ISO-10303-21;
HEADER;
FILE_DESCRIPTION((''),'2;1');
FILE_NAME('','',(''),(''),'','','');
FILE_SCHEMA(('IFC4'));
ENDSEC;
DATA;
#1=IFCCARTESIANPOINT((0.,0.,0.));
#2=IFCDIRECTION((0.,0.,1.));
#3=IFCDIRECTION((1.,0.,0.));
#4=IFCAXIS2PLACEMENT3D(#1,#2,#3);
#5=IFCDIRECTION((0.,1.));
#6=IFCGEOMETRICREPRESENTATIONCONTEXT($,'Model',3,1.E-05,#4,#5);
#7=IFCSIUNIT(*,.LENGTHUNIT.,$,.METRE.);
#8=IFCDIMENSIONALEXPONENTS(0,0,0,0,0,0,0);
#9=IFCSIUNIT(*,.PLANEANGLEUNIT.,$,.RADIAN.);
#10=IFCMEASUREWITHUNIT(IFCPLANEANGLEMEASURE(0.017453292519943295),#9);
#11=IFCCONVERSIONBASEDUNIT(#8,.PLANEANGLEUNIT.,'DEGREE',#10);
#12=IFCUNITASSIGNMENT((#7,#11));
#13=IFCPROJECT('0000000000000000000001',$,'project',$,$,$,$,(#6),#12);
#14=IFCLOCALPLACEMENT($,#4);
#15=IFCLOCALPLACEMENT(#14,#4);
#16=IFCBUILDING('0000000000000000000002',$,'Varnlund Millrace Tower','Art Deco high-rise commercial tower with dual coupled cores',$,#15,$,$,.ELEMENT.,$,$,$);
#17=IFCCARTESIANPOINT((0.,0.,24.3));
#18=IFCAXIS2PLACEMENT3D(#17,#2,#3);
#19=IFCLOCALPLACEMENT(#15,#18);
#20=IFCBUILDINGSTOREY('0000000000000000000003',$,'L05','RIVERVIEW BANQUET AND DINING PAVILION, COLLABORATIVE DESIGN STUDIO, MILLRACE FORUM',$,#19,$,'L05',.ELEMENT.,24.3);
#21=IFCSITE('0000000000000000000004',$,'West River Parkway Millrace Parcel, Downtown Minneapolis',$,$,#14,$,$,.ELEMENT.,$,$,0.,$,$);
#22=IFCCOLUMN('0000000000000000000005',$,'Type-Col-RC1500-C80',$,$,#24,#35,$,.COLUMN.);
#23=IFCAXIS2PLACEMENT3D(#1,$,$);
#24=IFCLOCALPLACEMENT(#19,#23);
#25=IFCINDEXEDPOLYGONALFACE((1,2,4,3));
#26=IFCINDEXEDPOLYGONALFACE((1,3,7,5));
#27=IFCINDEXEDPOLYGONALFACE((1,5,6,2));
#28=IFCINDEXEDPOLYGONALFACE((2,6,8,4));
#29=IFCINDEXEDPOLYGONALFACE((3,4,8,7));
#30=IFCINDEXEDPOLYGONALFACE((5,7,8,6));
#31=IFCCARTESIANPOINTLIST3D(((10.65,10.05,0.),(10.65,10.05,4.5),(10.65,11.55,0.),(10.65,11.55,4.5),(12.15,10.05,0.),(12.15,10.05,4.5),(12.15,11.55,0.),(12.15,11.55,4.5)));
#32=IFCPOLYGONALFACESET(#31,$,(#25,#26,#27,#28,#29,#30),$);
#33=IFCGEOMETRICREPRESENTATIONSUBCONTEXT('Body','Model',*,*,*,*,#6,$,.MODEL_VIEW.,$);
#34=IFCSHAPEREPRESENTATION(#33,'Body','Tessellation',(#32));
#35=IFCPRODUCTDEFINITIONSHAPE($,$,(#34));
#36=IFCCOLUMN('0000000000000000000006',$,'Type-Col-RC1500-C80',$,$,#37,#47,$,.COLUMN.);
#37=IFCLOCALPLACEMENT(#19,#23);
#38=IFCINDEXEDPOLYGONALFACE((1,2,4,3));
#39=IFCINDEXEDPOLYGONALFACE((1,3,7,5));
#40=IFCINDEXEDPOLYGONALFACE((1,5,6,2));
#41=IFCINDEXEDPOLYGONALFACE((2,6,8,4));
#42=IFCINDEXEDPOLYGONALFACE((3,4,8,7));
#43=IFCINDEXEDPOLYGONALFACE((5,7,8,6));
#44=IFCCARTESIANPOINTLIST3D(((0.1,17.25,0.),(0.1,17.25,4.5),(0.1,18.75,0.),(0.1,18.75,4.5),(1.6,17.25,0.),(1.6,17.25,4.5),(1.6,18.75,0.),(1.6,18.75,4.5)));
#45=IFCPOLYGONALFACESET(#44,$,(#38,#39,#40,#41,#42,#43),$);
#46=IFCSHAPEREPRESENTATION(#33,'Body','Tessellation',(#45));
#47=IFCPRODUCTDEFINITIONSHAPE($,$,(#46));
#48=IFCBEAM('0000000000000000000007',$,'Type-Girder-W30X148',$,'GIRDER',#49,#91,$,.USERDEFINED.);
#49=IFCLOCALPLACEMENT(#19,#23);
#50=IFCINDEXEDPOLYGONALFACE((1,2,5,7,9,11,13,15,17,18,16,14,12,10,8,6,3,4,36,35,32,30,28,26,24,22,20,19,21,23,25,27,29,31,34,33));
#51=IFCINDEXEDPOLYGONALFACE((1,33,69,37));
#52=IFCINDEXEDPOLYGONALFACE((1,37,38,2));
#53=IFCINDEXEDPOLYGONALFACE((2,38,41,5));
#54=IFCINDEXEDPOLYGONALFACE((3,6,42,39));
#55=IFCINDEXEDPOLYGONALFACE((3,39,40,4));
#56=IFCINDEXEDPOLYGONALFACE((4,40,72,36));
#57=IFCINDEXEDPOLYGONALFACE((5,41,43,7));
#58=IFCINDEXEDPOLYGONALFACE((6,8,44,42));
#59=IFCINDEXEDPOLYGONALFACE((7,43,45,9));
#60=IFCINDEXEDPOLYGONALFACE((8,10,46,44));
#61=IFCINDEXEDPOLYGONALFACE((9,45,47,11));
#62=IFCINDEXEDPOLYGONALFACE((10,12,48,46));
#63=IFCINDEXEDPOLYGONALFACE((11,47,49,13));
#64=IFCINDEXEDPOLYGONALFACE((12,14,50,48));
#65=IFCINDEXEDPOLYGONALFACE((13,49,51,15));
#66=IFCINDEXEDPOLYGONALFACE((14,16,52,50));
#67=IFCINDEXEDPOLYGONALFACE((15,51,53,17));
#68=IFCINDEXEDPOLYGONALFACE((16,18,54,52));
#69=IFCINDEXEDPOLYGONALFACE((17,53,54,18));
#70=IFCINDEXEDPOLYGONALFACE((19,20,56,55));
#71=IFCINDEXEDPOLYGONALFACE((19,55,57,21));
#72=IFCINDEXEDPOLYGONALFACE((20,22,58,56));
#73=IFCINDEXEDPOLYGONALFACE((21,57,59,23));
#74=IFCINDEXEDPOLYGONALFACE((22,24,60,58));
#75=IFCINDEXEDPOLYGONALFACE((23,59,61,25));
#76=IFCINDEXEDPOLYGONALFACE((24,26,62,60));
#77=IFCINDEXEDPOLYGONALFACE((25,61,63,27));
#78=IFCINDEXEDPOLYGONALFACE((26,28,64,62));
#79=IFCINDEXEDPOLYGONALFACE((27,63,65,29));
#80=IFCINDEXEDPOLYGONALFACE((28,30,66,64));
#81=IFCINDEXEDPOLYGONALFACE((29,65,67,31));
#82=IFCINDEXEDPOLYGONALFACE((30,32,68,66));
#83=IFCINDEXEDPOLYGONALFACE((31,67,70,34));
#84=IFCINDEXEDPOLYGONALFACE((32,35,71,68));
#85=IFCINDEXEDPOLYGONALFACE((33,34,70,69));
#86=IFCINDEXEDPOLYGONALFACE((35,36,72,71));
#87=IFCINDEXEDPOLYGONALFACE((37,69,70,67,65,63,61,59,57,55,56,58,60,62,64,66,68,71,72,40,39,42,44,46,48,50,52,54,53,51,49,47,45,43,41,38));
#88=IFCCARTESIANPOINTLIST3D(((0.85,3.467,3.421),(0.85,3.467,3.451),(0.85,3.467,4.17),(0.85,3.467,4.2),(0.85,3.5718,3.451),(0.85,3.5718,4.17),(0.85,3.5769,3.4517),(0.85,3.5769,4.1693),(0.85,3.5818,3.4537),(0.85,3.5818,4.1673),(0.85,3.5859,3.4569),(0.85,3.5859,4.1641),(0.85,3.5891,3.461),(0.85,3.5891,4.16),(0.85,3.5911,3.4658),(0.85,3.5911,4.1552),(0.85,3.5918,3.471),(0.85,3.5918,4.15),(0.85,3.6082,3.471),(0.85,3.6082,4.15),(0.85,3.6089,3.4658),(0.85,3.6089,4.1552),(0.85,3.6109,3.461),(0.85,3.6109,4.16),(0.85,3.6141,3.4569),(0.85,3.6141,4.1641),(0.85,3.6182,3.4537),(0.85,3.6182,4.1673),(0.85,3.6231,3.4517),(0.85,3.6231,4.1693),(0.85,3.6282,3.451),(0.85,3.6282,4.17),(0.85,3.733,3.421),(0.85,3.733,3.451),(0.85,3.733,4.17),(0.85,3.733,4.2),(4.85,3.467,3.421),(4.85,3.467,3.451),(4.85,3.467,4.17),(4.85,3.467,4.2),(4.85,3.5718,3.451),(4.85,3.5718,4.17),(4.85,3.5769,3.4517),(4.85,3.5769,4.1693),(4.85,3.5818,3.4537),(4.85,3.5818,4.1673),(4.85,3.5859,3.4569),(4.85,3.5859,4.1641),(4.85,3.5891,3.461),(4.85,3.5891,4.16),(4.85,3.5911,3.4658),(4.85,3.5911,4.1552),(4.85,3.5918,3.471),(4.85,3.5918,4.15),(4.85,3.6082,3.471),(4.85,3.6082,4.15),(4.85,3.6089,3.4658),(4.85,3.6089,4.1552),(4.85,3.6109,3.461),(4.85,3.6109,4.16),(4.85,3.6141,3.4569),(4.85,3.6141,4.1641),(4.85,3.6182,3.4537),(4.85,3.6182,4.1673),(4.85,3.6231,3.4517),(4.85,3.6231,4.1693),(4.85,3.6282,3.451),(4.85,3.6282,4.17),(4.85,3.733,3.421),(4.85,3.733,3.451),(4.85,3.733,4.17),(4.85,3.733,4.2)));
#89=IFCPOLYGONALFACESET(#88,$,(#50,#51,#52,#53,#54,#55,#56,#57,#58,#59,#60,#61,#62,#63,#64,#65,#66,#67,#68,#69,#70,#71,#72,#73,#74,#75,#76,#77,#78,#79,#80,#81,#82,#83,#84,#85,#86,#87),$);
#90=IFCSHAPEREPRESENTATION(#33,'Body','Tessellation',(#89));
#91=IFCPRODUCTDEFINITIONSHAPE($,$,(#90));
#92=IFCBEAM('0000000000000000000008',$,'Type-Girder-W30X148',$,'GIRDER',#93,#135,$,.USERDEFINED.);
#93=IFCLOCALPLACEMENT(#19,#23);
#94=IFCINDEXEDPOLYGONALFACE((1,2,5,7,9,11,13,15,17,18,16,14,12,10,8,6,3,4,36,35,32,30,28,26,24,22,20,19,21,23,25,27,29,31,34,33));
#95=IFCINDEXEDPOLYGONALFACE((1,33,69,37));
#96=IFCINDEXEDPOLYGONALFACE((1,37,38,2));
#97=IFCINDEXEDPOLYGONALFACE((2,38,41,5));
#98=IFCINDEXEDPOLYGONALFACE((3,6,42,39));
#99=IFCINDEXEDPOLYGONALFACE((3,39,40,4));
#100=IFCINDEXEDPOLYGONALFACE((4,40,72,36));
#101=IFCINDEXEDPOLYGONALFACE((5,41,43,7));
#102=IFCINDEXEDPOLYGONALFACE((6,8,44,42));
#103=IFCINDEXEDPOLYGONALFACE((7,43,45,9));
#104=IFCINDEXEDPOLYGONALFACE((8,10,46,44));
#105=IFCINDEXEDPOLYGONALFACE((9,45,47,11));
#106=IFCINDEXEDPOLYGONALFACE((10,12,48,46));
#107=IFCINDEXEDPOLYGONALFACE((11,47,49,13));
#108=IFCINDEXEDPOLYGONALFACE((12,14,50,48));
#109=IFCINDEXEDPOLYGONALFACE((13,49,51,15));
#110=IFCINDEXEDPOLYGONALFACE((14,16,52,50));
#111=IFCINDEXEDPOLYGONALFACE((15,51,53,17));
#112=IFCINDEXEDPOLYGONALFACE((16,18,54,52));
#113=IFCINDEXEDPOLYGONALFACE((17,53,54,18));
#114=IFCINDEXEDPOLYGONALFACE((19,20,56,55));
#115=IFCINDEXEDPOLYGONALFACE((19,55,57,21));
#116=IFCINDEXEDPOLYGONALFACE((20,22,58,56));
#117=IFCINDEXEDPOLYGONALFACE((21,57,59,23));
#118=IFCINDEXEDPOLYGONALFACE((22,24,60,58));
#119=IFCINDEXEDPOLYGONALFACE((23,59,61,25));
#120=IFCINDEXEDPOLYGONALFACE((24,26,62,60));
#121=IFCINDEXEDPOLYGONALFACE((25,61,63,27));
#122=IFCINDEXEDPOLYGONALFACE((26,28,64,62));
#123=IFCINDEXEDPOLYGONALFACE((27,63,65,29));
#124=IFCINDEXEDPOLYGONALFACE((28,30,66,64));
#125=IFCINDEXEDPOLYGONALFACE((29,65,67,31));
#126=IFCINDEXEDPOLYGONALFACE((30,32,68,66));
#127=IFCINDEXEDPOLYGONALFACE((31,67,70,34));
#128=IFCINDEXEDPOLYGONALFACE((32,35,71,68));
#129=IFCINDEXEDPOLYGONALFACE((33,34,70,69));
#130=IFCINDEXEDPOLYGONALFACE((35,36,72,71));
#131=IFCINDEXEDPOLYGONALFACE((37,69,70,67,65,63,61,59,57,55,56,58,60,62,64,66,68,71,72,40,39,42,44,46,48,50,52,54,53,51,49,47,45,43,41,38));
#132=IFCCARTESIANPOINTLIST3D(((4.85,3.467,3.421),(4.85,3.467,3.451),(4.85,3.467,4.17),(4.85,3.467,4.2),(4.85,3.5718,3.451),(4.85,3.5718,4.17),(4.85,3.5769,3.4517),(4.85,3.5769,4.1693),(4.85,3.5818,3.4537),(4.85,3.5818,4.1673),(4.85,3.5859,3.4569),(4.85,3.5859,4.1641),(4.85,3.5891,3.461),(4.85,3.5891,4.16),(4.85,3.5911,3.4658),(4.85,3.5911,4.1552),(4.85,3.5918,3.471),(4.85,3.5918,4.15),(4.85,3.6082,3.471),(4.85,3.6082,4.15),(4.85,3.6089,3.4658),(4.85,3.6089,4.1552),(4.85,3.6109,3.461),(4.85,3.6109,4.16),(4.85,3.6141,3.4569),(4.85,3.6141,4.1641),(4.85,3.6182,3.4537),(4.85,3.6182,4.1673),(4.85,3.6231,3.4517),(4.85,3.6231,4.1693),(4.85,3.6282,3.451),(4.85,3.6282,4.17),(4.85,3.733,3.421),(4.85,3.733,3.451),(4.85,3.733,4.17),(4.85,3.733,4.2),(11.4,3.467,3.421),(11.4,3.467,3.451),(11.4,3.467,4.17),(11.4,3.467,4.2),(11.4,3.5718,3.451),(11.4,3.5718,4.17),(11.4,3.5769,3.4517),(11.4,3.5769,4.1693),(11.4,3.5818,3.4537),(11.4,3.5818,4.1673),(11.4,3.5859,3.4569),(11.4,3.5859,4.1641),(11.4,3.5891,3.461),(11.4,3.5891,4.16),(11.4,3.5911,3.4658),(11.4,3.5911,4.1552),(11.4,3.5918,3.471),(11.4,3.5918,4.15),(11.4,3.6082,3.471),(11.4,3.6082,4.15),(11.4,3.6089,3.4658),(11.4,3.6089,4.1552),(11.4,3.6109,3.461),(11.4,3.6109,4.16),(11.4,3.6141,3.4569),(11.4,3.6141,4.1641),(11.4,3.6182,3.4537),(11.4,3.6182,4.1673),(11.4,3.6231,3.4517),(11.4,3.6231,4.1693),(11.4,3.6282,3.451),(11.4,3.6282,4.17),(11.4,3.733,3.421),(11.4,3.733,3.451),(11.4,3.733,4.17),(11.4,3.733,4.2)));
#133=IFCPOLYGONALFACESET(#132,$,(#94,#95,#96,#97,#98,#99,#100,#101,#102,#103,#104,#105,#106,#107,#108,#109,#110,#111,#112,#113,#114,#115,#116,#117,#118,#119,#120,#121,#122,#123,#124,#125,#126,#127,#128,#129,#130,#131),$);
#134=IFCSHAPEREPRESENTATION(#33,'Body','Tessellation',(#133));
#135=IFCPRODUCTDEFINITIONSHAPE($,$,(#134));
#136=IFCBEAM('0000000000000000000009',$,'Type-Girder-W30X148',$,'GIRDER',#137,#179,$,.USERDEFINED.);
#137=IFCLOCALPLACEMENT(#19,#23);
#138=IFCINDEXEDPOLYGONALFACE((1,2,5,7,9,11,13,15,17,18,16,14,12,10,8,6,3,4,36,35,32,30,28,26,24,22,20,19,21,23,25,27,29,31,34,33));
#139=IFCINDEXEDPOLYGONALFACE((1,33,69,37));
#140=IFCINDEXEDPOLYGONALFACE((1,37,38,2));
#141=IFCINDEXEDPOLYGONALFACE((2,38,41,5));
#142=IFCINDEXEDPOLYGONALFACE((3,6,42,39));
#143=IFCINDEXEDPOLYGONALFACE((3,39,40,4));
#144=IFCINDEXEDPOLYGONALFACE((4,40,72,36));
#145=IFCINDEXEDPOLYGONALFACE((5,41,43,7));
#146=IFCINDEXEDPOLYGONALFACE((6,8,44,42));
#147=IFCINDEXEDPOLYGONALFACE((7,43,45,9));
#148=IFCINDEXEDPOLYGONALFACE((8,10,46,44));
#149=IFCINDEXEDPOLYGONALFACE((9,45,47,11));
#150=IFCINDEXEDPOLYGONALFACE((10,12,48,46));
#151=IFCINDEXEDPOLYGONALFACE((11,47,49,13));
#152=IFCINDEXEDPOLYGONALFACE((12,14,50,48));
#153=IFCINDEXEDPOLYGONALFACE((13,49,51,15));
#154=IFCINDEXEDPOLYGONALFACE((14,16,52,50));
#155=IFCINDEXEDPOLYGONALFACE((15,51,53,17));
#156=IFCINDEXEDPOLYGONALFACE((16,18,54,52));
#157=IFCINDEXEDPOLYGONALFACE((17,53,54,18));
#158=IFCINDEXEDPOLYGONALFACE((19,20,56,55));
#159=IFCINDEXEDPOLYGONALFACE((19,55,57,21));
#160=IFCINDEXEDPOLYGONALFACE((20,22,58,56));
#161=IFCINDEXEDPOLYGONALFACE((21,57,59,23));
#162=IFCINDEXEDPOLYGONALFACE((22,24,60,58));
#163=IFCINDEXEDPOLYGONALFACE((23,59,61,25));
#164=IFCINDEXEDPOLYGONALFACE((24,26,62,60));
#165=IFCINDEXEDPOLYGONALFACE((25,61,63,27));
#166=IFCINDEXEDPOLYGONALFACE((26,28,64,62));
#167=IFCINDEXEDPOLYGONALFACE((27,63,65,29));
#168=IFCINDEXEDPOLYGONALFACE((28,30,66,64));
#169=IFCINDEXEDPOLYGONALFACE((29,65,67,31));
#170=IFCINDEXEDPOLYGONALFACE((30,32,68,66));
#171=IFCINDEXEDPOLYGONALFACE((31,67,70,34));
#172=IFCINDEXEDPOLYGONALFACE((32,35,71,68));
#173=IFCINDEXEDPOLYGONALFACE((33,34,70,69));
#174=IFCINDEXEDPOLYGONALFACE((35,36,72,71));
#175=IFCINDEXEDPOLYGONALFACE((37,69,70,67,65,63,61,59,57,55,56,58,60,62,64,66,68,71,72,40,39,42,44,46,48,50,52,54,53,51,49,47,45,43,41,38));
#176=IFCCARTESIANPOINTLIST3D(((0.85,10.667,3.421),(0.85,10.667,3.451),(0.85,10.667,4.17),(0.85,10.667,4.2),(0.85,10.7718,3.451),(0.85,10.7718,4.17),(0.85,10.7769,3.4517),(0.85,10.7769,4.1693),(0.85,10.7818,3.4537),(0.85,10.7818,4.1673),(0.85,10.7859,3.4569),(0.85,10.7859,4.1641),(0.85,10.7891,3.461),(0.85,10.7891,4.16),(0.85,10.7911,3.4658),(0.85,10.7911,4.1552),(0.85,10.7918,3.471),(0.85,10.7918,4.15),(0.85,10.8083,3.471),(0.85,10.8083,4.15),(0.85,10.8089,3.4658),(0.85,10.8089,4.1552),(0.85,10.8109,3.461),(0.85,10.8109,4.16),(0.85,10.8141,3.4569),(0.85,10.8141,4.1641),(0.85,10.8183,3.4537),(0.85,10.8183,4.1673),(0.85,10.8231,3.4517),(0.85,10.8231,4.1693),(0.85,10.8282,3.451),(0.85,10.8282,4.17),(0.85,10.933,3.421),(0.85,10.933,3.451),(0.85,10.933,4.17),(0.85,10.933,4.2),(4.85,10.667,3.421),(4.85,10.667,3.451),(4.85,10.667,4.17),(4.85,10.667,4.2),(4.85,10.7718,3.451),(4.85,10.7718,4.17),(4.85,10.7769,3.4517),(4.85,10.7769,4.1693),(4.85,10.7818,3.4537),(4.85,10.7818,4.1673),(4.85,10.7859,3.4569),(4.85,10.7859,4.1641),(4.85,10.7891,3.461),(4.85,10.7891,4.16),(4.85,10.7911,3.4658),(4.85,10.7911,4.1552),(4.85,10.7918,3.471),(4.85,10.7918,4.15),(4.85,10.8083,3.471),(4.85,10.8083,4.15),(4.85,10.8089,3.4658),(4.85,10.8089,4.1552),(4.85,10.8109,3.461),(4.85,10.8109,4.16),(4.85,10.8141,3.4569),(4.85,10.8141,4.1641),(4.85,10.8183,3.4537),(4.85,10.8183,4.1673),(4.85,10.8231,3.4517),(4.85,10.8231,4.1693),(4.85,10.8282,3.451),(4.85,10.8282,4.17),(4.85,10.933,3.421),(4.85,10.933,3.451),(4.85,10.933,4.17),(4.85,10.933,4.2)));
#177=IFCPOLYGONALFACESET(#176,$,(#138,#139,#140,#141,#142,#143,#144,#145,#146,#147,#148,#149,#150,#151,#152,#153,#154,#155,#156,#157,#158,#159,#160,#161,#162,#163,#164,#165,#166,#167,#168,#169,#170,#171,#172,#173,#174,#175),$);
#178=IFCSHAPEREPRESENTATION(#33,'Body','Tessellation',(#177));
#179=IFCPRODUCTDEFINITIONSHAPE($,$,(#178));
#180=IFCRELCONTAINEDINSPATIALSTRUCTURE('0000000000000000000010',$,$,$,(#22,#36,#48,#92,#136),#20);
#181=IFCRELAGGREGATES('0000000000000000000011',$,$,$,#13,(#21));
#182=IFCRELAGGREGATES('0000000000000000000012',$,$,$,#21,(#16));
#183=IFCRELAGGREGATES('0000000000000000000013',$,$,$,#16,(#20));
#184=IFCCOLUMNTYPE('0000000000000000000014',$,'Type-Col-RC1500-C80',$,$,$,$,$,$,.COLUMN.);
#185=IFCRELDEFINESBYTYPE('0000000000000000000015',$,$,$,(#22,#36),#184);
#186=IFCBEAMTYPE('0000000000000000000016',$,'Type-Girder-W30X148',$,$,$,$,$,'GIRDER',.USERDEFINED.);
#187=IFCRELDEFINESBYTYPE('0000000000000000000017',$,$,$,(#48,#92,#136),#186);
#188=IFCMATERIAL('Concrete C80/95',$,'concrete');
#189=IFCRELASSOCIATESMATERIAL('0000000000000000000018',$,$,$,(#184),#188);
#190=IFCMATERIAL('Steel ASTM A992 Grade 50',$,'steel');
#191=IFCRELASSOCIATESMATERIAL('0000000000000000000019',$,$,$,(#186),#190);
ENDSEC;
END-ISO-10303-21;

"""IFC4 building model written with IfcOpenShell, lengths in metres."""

from ifc_helpers import new_model, entity, si_unit, converted_unit, direction, frame, origin_with_axes, origin_2d_with_axis, place, context, subcontext, project, spatial, rectangle, i_section, extrude, material, material_profile, profile_set, type_object, element, save


model = new_model("IFC4")

# Units and contexts
model_context = context("Model", 3, precision=1e-05, world=origin_with_axes(), true_north=direction((0.0, 1.0)))
body_context = subcontext(model_context, "Body", "Model", "MODEL_VIEW")
ifc_project = project(units=[si_unit("LENGTHUNIT", "METRE"), converted_unit("PLANEANGLEUNIT", "DEGREE", entity("IfcPlaneAngleMeasure", 0.017453292519943295), si_unit("PLANEANGLEUNIT", "RADIAN"), dimensions=[0, 0, 0, 0, 0, 0, 0])], contexts=[model_context])

# Site, building, storey
site_placement = place(None, origin_with_axes())
site = spatial("IfcSite", under=ifc_project, at=site_placement, Name="West River Parkway Millrace Parcel, Downtown Minneapolis", CompositionType="ELEMENT", RefElevation=0.0)
building_placement = place(site_placement, origin_with_axes())
building = spatial("IfcBuilding", under=site, at=building_placement, Name="Varnlund Millrace Tower", Description="Art Deco high-rise commercial tower with dual coupled cores", CompositionType="ELEMENT")
storey_placement = place(building_placement, frame((0.0, 0.0, 24.3), z_axis=(0.0, 0.0, 1.0), x_axis=(1.0, 0.0, 0.0)))
storey = spatial("IfcBuildingStorey", under=building, at=storey_placement, Name="L05", Description="RIVERVIEW BANQUET AND DINING PAVILION, COLLABORATIVE DESIGN STUDIO, MILLRACE FORUM", LongName="L05", CompositionType="ELEMENT", Elevation=24.3)

# Columns
ifc_material_1 = material(Name="Concrete C80/95", Category="concrete")
ifc_material_profile_1 = material_profile(ifc_material_1, rectangle(XDim=1.5, YDim=1.5, at=origin_2d_with_axis()), Name="Concrete C80/95")
ifc_profile_set_1 = profile_set([ifc_material_profile_1], Name="Concrete C80/95")
column_type = type_object("IfcColumnType", Name="Type-Col-RC1500-C80", PredefinedType="COLUMN", material=ifc_profile_set_1)
for number, where, z_axis, x_axis, name in (
    (1, (11.4, 10.8, 0.0), (0.0, 0.0, 1.0), (1.0, 0.0, 0.0), "Type-Col-RC1500-C80"),
    (2, (0.85, 18.0, 0.0), (0.0, 0.0, 1.0), (1.0, 0.0, 0.0), "Type-Col-RC1500-C80"),
):
    element("IfcColumn", number, at=place(storey_placement, frame(where, z_axis=z_axis, x_axis=x_axis)), inside=storey, type_object=column_type, Name=name, PredefinedType="COLUMN", context=body_context, shape_type="SweptSolid", body=[
        extrude(rectangle(XDim=1.5, YDim=1.5, at=origin_2d_with_axis()), origin_with_axes(), (0.0, 0.0, 1.0), 4.5),
    ])

# Beams
ifc_material_2 = material(Name="Steel ASTM A992 Grade 50", Category="steel")
ifc_material_profile_2 = material_profile(ifc_material_2, i_section(OverallWidth=0.266, OverallDepth=0.779, WebThickness=0.0165, FlangeThickness=0.03, FilletRadius=0.02, at=origin_2d_with_axis()), Name="Steel ASTM A992 Grade 50")
ifc_profile_set_2 = profile_set([ifc_material_profile_2], Name="Steel ASTM A992 Grade 50")
beam_type_1 = type_object("IfcBeamType", Name="Type-Girder-W30X148", ElementType="GIRDER", PredefinedType="USERDEFINED", material=ifc_profile_set_2)
beam_1_placement = place(storey_placement, frame((0.85, 3.6, 3.8105), z_axis=(1.0, 0.0, 0.0), x_axis=(0.0, 1.0, 0.0)))
element("IfcBeam", 3, at=beam_1_placement, inside=storey, type_object=beam_type_1, Name="Type-Girder-W30X148", ObjectType="GIRDER", PredefinedType="USERDEFINED", context=body_context, shape_type="SweptSolid", body=[
    extrude(i_section(OverallWidth=0.266, OverallDepth=0.779, WebThickness=0.0165, FlangeThickness=0.03, FilletRadius=0.02, at=origin_2d_with_axis()), origin_with_axes(), (0.0, 0.0, 1.0), 4.0),
])
beam_2_placement = place(storey_placement, frame((4.85, 3.6, 3.8105), z_axis=(1.0, 0.0, 0.0), x_axis=(0.0, 1.0, 0.0)))
element("IfcBeam", 4, at=beam_2_placement, inside=storey, type_object=beam_type_1, Name="Type-Girder-W30X148", ObjectType="GIRDER", PredefinedType="USERDEFINED", context=body_context, shape_type="SweptSolid", body=[
    extrude(i_section(OverallWidth=0.266, OverallDepth=0.779, WebThickness=0.0165, FlangeThickness=0.03, FilletRadius=0.02, at=origin_2d_with_axis()), origin_with_axes(), (0.0, 0.0, 1.0), 6.55),
])
beam_3_placement = place(storey_placement, frame((0.85, 10.8, 3.8105), z_axis=(1.0, 0.0, 0.0), x_axis=(0.0, 1.0, 0.0)))
element("IfcBeam", 5, at=beam_3_placement, inside=storey, type_object=beam_type_1, Name="Type-Girder-W30X148", ObjectType="GIRDER", PredefinedType="USERDEFINED", context=body_context, shape_type="SweptSolid", body=[
    extrude(i_section(OverallWidth=0.266, OverallDepth=0.779, WebThickness=0.0165, FlangeThickness=0.03, FilletRadius=0.02, at=origin_2d_with_axis()), origin_with_axes(), (0.0, 0.0, 1.0), 4.0),
])

save(model, "model.ifc")
